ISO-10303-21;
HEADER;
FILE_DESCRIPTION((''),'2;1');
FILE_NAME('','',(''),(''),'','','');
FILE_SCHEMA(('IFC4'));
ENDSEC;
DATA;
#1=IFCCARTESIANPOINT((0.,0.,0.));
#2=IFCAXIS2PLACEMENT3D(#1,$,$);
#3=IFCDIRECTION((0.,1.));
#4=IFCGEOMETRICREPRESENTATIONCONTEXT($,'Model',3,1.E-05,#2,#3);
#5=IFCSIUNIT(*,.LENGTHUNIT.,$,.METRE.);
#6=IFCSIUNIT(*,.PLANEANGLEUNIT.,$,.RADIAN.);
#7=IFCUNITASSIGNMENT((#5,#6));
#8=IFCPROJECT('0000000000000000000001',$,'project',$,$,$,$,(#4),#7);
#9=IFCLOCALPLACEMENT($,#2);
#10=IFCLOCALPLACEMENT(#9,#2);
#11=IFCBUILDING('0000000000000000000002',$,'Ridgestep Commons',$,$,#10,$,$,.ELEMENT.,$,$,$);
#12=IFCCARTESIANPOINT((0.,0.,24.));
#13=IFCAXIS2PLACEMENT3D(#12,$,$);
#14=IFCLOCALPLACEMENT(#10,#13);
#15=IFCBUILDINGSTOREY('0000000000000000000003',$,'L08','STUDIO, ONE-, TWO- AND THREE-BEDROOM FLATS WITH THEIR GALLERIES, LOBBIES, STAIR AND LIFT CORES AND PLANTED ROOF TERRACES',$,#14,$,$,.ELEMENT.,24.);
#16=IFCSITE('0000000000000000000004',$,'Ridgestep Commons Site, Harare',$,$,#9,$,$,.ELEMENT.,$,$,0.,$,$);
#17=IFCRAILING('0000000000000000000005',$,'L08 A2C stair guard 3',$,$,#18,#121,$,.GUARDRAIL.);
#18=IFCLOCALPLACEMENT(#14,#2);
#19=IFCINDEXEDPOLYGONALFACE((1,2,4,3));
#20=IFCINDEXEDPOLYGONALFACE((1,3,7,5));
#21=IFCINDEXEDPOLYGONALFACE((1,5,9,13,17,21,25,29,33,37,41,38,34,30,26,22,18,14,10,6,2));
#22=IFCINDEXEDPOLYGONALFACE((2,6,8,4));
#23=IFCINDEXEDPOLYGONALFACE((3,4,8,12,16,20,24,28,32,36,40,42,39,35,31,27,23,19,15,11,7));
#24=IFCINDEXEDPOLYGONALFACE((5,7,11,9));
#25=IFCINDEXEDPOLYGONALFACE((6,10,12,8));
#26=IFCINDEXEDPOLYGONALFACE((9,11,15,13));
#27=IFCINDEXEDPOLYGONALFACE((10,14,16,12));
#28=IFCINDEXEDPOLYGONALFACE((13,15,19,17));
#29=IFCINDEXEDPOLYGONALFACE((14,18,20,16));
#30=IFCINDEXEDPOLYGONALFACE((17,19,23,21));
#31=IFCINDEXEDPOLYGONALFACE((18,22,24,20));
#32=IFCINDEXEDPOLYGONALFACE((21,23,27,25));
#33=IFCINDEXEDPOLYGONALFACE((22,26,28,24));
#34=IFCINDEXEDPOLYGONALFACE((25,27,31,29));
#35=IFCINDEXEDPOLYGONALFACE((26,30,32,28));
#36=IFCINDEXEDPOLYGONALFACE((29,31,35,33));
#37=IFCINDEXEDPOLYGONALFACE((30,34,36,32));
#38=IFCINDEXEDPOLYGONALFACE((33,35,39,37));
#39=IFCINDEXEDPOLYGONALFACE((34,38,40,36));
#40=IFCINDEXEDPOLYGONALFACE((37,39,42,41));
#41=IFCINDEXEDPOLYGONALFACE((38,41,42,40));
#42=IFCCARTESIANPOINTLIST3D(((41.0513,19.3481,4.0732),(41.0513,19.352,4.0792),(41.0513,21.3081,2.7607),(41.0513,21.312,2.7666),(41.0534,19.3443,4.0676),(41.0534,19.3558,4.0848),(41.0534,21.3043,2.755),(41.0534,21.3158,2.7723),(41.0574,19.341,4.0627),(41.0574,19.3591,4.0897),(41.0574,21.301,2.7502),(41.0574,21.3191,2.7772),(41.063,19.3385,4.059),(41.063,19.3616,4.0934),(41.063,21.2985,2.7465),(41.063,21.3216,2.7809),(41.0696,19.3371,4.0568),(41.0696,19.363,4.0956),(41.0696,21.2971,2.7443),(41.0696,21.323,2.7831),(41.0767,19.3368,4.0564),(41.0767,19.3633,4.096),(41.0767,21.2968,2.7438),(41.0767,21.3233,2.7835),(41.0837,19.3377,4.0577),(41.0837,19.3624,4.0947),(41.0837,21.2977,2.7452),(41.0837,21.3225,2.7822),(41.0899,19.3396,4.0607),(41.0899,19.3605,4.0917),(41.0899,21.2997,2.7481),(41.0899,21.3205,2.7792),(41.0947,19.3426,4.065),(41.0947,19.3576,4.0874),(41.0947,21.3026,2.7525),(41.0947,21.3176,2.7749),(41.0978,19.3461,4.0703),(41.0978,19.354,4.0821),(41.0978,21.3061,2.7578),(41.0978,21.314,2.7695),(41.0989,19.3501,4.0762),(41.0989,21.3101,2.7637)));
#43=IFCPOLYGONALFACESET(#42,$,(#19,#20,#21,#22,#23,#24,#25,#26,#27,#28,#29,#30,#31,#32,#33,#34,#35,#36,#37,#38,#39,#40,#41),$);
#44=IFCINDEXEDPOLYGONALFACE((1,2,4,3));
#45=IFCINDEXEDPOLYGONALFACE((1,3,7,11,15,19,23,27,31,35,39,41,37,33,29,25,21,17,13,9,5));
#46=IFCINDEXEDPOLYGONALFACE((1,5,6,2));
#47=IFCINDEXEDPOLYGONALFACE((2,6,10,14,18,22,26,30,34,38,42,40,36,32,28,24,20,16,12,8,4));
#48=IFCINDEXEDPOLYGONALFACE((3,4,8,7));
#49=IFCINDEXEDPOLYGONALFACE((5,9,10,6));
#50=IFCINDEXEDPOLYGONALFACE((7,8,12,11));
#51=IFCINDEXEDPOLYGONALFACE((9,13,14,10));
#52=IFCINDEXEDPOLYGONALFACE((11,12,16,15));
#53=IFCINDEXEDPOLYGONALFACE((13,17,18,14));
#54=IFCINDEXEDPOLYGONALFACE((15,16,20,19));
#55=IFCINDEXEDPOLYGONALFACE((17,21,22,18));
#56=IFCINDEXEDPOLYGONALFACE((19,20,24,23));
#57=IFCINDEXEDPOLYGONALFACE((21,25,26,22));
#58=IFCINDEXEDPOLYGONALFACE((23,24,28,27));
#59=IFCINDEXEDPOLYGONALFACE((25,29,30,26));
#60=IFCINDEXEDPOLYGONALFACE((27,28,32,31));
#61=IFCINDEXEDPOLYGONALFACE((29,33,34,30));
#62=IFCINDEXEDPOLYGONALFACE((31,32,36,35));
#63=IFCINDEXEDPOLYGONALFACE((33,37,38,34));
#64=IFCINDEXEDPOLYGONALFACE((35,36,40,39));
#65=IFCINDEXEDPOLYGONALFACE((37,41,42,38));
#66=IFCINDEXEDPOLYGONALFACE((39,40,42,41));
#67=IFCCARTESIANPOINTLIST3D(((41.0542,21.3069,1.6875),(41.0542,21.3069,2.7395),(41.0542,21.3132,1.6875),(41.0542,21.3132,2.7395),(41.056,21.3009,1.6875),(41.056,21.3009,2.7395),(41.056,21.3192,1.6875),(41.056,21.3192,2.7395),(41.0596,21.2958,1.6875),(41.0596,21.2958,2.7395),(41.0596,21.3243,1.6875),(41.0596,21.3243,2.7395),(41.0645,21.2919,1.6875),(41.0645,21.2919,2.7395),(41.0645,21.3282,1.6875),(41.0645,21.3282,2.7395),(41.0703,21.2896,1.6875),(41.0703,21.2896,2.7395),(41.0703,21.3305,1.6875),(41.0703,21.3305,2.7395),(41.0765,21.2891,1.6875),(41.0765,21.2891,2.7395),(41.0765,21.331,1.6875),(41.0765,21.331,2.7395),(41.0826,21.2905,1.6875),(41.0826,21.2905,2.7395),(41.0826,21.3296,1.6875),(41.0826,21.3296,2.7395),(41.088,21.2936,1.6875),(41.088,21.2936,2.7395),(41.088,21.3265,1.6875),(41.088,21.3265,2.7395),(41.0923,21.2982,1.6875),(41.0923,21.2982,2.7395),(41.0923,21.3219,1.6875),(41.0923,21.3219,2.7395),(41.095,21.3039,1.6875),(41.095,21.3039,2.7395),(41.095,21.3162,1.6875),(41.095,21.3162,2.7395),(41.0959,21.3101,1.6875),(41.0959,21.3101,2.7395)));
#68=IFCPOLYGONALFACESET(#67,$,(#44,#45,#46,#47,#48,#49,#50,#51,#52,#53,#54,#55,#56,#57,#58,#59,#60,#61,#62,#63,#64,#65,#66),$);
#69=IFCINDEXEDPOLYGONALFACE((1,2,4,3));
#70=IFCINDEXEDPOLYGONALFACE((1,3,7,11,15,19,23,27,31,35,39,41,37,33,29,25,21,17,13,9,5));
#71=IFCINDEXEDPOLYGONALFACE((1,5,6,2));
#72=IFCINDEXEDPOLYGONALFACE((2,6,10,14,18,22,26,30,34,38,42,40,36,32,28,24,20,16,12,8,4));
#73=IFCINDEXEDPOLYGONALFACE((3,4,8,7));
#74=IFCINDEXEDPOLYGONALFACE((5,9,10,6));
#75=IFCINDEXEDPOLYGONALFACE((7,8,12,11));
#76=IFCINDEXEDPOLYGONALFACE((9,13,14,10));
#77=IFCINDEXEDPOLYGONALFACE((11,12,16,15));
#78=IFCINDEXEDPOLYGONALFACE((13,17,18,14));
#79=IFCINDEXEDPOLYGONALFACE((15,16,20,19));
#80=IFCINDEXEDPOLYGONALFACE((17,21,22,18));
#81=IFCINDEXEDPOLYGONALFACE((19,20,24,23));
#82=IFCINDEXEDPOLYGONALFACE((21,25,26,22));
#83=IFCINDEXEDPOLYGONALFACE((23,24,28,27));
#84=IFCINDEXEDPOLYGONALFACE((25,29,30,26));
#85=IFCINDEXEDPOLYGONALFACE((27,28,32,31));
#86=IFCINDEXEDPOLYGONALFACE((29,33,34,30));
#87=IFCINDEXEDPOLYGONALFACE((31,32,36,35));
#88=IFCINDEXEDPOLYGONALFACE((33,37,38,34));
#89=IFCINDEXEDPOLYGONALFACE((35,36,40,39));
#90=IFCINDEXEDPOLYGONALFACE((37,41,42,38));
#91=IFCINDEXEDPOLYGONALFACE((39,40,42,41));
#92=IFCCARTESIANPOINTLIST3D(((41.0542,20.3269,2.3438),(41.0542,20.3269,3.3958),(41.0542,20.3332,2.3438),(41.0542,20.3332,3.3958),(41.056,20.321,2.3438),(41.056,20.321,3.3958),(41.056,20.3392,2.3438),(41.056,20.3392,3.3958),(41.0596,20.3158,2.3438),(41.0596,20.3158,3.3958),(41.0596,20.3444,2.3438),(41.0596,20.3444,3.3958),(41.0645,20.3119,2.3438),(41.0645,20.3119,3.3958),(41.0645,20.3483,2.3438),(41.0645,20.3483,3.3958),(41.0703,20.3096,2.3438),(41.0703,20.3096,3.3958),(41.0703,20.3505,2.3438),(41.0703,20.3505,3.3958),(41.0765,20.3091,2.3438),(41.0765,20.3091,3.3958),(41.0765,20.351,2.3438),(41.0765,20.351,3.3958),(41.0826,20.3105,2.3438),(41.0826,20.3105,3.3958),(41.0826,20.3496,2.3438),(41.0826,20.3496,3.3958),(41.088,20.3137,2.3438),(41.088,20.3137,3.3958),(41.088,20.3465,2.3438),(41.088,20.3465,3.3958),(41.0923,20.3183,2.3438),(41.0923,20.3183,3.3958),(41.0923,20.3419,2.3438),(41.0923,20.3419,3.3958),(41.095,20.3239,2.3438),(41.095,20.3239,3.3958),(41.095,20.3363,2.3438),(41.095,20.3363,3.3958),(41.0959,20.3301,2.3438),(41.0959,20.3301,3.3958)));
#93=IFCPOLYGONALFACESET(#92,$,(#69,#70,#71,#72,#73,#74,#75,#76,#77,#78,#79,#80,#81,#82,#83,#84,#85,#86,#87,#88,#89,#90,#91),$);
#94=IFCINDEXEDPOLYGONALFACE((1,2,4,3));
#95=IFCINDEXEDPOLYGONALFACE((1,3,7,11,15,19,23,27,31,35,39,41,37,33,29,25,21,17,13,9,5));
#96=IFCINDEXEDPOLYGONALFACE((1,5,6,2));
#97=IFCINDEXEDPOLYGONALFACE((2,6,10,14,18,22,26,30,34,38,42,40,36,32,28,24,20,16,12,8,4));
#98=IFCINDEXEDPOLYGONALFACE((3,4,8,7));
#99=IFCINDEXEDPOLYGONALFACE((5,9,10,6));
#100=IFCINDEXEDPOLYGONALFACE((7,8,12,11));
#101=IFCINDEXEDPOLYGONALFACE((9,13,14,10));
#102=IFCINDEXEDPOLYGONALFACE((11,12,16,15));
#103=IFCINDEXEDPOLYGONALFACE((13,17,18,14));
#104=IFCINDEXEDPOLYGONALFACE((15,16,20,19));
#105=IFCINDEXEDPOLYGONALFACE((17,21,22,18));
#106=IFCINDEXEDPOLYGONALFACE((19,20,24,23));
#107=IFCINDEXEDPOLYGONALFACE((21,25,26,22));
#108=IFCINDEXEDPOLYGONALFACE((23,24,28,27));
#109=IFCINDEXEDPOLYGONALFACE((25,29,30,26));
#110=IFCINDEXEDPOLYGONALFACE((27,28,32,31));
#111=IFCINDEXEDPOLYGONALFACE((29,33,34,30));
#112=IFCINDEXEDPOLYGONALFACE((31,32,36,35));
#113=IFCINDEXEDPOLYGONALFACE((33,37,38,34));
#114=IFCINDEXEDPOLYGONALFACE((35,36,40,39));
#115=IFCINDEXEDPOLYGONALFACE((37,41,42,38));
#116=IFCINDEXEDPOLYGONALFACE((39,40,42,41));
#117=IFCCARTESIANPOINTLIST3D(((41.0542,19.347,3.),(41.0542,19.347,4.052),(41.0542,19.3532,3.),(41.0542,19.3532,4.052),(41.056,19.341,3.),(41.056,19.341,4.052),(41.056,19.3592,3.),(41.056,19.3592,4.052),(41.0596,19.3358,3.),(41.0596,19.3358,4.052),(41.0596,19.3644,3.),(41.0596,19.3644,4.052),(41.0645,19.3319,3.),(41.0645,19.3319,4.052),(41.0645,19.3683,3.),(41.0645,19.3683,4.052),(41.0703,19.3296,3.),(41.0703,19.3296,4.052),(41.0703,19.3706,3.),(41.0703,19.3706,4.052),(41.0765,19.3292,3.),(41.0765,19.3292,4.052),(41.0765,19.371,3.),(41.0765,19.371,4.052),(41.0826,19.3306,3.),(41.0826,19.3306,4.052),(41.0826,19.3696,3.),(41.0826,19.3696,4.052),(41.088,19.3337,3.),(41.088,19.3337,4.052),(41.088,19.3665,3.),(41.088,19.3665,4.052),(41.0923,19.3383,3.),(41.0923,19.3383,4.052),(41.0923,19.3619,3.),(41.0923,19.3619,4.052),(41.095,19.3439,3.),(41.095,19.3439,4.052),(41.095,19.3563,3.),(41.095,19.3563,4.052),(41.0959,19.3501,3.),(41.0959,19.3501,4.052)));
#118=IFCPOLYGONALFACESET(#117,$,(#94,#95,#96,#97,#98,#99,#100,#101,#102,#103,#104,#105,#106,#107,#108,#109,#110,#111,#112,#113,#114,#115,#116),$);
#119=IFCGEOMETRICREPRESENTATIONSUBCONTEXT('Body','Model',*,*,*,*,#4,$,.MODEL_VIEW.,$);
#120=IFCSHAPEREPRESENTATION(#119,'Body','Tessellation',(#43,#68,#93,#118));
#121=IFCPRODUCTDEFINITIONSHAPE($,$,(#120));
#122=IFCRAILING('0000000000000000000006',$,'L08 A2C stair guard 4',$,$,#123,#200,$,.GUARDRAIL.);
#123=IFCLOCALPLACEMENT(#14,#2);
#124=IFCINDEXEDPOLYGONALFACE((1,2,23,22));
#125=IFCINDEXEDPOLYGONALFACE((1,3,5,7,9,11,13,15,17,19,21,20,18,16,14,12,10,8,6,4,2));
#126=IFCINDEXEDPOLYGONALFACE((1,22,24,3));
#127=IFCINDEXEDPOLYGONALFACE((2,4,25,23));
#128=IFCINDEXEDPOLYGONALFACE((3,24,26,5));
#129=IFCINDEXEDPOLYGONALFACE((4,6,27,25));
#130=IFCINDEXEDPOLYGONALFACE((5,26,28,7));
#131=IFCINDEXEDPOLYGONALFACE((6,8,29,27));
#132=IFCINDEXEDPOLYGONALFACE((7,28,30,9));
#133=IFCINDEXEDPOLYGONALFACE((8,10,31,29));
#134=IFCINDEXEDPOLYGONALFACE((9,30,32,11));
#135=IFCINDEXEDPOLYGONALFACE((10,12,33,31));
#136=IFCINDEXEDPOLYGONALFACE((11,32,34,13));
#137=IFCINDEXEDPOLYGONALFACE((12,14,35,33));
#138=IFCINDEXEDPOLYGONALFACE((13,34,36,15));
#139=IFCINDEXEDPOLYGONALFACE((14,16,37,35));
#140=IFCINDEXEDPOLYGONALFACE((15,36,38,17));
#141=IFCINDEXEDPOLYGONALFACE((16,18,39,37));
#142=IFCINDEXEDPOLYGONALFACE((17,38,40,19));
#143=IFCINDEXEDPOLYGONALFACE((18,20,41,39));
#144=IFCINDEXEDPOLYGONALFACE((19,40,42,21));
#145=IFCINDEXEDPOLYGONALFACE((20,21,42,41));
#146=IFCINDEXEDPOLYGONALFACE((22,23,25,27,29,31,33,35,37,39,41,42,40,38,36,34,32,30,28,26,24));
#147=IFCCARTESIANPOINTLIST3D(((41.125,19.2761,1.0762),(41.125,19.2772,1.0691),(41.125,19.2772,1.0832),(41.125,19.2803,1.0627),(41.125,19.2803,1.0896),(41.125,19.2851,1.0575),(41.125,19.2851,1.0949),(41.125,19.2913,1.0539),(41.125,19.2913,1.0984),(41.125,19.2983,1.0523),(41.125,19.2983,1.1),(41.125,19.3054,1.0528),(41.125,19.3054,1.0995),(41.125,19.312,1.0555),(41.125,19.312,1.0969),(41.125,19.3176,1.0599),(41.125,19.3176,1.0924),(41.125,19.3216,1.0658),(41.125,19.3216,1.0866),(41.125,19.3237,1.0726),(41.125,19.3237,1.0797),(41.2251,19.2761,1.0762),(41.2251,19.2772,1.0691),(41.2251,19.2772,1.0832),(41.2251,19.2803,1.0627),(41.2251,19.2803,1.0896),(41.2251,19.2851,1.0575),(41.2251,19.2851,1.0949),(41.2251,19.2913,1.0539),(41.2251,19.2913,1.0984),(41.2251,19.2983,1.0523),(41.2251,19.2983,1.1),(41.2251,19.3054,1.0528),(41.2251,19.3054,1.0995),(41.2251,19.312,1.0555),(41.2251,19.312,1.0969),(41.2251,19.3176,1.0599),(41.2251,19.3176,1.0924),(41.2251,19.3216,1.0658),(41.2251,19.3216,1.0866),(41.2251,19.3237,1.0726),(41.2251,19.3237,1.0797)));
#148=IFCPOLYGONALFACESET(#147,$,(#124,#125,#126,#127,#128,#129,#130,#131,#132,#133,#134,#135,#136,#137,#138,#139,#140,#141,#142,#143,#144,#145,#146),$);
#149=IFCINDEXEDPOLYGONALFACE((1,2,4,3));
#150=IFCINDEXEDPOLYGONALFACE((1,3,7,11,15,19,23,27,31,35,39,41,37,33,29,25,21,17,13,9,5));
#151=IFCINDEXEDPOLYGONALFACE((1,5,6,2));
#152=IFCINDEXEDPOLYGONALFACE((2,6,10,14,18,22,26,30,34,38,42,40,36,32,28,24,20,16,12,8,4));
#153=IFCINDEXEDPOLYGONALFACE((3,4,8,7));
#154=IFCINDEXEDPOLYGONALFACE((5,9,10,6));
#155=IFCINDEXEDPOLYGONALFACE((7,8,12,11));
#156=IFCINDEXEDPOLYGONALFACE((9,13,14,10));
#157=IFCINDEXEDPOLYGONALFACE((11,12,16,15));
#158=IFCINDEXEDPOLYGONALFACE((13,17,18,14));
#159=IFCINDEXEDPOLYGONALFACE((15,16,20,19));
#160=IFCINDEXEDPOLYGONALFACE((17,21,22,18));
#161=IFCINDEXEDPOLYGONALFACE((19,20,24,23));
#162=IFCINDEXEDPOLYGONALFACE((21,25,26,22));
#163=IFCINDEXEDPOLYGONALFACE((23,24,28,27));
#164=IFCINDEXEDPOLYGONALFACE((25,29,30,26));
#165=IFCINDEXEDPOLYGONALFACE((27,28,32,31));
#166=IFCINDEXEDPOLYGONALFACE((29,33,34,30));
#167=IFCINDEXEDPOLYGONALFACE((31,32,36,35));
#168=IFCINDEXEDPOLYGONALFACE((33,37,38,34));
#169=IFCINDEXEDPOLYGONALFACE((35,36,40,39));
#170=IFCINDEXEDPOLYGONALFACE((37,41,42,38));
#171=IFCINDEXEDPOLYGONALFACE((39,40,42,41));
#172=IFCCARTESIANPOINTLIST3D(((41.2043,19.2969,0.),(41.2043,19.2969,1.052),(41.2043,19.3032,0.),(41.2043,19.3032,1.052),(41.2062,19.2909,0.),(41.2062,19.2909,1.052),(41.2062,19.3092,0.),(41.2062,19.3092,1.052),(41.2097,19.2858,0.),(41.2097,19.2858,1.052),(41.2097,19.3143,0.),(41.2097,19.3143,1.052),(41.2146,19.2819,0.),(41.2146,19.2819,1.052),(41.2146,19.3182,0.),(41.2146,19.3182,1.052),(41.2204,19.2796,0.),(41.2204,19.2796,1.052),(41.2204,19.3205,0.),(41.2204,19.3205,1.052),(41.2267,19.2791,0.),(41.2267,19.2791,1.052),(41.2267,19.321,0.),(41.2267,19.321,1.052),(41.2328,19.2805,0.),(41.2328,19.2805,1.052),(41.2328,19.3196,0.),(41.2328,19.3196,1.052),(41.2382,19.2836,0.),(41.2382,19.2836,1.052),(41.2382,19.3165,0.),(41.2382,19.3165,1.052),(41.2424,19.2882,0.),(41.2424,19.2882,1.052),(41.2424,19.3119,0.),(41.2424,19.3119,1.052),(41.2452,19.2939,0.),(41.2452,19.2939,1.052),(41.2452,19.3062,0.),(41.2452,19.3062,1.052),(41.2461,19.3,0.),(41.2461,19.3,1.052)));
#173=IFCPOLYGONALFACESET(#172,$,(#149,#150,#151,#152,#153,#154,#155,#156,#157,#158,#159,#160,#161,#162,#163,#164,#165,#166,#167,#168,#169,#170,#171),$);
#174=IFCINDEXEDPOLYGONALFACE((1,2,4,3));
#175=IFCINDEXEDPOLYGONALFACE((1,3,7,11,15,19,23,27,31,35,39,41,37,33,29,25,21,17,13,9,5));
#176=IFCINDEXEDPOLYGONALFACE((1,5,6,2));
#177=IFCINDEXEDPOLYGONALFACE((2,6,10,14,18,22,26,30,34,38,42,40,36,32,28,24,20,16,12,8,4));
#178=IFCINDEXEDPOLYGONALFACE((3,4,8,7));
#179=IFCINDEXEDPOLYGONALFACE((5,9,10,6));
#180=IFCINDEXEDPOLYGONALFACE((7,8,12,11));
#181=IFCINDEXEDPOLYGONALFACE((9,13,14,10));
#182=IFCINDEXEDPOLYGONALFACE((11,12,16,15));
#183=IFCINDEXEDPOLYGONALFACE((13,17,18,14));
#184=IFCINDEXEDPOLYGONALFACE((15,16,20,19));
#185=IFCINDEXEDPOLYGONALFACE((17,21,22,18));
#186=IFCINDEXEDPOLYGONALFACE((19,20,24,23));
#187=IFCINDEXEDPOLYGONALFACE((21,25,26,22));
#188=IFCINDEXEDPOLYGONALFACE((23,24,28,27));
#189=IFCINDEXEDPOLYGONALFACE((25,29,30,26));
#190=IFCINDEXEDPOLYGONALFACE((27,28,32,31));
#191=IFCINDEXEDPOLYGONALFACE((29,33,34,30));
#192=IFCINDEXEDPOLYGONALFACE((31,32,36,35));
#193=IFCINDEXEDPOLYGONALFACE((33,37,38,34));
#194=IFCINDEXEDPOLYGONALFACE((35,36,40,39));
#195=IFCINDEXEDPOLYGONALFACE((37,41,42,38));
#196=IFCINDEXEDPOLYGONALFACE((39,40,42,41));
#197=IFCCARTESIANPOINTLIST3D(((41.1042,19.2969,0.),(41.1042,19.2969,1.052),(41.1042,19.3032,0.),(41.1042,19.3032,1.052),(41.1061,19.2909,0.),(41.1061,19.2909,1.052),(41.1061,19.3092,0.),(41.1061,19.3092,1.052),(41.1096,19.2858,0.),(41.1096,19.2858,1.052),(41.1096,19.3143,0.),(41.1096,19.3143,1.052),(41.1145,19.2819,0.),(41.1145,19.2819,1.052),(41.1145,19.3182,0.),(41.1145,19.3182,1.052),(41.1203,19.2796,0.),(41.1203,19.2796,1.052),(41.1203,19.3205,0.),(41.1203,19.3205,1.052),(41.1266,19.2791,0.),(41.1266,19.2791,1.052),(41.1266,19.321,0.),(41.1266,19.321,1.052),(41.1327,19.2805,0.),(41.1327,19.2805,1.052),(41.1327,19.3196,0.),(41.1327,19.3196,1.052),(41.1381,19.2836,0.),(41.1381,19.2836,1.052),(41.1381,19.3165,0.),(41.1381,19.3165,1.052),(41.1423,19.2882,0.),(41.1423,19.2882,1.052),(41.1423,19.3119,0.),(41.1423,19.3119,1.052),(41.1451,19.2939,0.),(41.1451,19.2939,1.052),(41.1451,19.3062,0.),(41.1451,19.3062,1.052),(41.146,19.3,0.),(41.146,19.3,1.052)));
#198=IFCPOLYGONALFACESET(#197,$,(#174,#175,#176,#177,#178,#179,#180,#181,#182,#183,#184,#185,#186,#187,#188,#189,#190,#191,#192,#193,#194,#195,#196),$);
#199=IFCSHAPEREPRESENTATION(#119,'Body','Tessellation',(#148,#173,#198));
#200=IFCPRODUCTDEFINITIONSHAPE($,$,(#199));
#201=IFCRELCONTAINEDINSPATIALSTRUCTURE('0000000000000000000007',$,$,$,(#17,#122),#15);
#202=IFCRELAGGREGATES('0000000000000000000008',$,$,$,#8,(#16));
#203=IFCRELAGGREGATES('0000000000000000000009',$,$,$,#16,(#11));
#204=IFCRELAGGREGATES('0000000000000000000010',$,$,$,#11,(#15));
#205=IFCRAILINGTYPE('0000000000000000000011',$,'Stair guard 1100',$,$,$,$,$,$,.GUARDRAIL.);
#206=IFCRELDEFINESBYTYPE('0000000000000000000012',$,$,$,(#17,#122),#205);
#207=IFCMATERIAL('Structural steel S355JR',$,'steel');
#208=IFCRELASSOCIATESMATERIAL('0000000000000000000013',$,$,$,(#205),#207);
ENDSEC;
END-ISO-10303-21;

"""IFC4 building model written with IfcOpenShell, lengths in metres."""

from ifc_helpers import new_model, si_unit, direction, frame, origin, origin_2d, place, context, subcontext, project, spatial, circle, extrude, material, type_object, element, save


model = new_model("IFC4")

# Units and contexts
model_context = context("Model", 3, precision=1e-05, world=origin(), true_north=direction((0.0, 1.0)))
body_context = subcontext(model_context, "Body", "Model", "MODEL_VIEW")
ifc_project = project(units=[si_unit("LENGTHUNIT", "METRE"), si_unit("PLANEANGLEUNIT", "RADIAN")], contexts=[model_context])

# Site, building, storey
site_placement = place(None, origin())
site = spatial("IfcSite", under=ifc_project, at=site_placement, Name="Ridgestep Commons Site, Harare", CompositionType="ELEMENT", RefElevation=0.0)
building_placement = place(site_placement, origin())
building = spatial("IfcBuilding", under=site, at=building_placement, Name="Ridgestep Commons", CompositionType="ELEMENT")
storey_placement = place(building_placement, frame((0.0, 0.0, 24.0)))
storey = spatial("IfcBuildingStorey", under=building, at=storey_placement, Name="L08", Description="STUDIO, ONE-, TWO- AND THREE-BEDROOM FLATS WITH THEIR GALLERIES, LOBBIES, STAIR AND LIFT CORES AND PLANTED ROOF TERRACES", CompositionType="ELEMENT", Elevation=24.0)

# Railings
ifc_material_1 = material(Name="Structural steel S355JR", Category="steel")
railing_type_1 = type_object("IfcRailingType", Name="Stair guard 1100", PredefinedType="GUARDRAIL", material=ifc_material_1)
railing_1_placement = place(storey_placement, frame((41.075, 21.3101, 1.6875)))
element("IfcRailing", 1, at=railing_1_placement, inside=storey, type_object=railing_type_1, Name="L08 A2C stair guard 3", PredefinedType="GUARDRAIL", context=body_context, shape_type="SweptSolid", body=[
    extrude(circle(Radius=0.0239, at=origin_2d()), frame((0.0, 0.0, 1.0762), z_axis=(0.0, -0.830902, 0.556419), x_axis=(1.0, 0.0, 0.0)), (0.0, 0.0, 1.0), 2.3589),
    extrude(circle(Radius=0.021, at=origin_2d()), origin(), (0.0, 0.0, 1.0), 1.052),
    extrude(circle(Radius=0.021, at=origin_2d()), frame((0.0, -0.98, 0.6562)), (0.0, 0.0, 1.0), 1.052),
    extrude(circle(Radius=0.021, at=origin_2d()), frame((0.0, -1.96, 1.3125)), (0.0, 0.0, 1.0), 1.052),
])
railing_2_placement = place(storey_placement, frame((41.2251, 19.3, 0.0)))
element("IfcRailing", 2, at=railing_2_placement, inside=storey, type_object=railing_type_1, Name="L08 A2C stair guard 4", PredefinedType="GUARDRAIL", context=body_context, shape_type="SweptSolid", body=[
    extrude(circle(Radius=0.0239, at=origin_2d()), frame((0.0, 0.0, 1.0762), z_axis=(-1.0, 0.0, 0.0), x_axis=(0.0, -1.0, 0.0)), (0.0, 0.0, 1.0), 0.1001),
    extrude(circle(Radius=0.021, at=origin_2d()), origin(), (0.0, 0.0, 1.0), 1.052),
    extrude(circle(Radius=0.021, at=origin_2d()), frame((-0.1001, 0.0, 0.0)), (0.0, 0.0, 1.0), 1.052),
])

save(model, "model.ifc")
